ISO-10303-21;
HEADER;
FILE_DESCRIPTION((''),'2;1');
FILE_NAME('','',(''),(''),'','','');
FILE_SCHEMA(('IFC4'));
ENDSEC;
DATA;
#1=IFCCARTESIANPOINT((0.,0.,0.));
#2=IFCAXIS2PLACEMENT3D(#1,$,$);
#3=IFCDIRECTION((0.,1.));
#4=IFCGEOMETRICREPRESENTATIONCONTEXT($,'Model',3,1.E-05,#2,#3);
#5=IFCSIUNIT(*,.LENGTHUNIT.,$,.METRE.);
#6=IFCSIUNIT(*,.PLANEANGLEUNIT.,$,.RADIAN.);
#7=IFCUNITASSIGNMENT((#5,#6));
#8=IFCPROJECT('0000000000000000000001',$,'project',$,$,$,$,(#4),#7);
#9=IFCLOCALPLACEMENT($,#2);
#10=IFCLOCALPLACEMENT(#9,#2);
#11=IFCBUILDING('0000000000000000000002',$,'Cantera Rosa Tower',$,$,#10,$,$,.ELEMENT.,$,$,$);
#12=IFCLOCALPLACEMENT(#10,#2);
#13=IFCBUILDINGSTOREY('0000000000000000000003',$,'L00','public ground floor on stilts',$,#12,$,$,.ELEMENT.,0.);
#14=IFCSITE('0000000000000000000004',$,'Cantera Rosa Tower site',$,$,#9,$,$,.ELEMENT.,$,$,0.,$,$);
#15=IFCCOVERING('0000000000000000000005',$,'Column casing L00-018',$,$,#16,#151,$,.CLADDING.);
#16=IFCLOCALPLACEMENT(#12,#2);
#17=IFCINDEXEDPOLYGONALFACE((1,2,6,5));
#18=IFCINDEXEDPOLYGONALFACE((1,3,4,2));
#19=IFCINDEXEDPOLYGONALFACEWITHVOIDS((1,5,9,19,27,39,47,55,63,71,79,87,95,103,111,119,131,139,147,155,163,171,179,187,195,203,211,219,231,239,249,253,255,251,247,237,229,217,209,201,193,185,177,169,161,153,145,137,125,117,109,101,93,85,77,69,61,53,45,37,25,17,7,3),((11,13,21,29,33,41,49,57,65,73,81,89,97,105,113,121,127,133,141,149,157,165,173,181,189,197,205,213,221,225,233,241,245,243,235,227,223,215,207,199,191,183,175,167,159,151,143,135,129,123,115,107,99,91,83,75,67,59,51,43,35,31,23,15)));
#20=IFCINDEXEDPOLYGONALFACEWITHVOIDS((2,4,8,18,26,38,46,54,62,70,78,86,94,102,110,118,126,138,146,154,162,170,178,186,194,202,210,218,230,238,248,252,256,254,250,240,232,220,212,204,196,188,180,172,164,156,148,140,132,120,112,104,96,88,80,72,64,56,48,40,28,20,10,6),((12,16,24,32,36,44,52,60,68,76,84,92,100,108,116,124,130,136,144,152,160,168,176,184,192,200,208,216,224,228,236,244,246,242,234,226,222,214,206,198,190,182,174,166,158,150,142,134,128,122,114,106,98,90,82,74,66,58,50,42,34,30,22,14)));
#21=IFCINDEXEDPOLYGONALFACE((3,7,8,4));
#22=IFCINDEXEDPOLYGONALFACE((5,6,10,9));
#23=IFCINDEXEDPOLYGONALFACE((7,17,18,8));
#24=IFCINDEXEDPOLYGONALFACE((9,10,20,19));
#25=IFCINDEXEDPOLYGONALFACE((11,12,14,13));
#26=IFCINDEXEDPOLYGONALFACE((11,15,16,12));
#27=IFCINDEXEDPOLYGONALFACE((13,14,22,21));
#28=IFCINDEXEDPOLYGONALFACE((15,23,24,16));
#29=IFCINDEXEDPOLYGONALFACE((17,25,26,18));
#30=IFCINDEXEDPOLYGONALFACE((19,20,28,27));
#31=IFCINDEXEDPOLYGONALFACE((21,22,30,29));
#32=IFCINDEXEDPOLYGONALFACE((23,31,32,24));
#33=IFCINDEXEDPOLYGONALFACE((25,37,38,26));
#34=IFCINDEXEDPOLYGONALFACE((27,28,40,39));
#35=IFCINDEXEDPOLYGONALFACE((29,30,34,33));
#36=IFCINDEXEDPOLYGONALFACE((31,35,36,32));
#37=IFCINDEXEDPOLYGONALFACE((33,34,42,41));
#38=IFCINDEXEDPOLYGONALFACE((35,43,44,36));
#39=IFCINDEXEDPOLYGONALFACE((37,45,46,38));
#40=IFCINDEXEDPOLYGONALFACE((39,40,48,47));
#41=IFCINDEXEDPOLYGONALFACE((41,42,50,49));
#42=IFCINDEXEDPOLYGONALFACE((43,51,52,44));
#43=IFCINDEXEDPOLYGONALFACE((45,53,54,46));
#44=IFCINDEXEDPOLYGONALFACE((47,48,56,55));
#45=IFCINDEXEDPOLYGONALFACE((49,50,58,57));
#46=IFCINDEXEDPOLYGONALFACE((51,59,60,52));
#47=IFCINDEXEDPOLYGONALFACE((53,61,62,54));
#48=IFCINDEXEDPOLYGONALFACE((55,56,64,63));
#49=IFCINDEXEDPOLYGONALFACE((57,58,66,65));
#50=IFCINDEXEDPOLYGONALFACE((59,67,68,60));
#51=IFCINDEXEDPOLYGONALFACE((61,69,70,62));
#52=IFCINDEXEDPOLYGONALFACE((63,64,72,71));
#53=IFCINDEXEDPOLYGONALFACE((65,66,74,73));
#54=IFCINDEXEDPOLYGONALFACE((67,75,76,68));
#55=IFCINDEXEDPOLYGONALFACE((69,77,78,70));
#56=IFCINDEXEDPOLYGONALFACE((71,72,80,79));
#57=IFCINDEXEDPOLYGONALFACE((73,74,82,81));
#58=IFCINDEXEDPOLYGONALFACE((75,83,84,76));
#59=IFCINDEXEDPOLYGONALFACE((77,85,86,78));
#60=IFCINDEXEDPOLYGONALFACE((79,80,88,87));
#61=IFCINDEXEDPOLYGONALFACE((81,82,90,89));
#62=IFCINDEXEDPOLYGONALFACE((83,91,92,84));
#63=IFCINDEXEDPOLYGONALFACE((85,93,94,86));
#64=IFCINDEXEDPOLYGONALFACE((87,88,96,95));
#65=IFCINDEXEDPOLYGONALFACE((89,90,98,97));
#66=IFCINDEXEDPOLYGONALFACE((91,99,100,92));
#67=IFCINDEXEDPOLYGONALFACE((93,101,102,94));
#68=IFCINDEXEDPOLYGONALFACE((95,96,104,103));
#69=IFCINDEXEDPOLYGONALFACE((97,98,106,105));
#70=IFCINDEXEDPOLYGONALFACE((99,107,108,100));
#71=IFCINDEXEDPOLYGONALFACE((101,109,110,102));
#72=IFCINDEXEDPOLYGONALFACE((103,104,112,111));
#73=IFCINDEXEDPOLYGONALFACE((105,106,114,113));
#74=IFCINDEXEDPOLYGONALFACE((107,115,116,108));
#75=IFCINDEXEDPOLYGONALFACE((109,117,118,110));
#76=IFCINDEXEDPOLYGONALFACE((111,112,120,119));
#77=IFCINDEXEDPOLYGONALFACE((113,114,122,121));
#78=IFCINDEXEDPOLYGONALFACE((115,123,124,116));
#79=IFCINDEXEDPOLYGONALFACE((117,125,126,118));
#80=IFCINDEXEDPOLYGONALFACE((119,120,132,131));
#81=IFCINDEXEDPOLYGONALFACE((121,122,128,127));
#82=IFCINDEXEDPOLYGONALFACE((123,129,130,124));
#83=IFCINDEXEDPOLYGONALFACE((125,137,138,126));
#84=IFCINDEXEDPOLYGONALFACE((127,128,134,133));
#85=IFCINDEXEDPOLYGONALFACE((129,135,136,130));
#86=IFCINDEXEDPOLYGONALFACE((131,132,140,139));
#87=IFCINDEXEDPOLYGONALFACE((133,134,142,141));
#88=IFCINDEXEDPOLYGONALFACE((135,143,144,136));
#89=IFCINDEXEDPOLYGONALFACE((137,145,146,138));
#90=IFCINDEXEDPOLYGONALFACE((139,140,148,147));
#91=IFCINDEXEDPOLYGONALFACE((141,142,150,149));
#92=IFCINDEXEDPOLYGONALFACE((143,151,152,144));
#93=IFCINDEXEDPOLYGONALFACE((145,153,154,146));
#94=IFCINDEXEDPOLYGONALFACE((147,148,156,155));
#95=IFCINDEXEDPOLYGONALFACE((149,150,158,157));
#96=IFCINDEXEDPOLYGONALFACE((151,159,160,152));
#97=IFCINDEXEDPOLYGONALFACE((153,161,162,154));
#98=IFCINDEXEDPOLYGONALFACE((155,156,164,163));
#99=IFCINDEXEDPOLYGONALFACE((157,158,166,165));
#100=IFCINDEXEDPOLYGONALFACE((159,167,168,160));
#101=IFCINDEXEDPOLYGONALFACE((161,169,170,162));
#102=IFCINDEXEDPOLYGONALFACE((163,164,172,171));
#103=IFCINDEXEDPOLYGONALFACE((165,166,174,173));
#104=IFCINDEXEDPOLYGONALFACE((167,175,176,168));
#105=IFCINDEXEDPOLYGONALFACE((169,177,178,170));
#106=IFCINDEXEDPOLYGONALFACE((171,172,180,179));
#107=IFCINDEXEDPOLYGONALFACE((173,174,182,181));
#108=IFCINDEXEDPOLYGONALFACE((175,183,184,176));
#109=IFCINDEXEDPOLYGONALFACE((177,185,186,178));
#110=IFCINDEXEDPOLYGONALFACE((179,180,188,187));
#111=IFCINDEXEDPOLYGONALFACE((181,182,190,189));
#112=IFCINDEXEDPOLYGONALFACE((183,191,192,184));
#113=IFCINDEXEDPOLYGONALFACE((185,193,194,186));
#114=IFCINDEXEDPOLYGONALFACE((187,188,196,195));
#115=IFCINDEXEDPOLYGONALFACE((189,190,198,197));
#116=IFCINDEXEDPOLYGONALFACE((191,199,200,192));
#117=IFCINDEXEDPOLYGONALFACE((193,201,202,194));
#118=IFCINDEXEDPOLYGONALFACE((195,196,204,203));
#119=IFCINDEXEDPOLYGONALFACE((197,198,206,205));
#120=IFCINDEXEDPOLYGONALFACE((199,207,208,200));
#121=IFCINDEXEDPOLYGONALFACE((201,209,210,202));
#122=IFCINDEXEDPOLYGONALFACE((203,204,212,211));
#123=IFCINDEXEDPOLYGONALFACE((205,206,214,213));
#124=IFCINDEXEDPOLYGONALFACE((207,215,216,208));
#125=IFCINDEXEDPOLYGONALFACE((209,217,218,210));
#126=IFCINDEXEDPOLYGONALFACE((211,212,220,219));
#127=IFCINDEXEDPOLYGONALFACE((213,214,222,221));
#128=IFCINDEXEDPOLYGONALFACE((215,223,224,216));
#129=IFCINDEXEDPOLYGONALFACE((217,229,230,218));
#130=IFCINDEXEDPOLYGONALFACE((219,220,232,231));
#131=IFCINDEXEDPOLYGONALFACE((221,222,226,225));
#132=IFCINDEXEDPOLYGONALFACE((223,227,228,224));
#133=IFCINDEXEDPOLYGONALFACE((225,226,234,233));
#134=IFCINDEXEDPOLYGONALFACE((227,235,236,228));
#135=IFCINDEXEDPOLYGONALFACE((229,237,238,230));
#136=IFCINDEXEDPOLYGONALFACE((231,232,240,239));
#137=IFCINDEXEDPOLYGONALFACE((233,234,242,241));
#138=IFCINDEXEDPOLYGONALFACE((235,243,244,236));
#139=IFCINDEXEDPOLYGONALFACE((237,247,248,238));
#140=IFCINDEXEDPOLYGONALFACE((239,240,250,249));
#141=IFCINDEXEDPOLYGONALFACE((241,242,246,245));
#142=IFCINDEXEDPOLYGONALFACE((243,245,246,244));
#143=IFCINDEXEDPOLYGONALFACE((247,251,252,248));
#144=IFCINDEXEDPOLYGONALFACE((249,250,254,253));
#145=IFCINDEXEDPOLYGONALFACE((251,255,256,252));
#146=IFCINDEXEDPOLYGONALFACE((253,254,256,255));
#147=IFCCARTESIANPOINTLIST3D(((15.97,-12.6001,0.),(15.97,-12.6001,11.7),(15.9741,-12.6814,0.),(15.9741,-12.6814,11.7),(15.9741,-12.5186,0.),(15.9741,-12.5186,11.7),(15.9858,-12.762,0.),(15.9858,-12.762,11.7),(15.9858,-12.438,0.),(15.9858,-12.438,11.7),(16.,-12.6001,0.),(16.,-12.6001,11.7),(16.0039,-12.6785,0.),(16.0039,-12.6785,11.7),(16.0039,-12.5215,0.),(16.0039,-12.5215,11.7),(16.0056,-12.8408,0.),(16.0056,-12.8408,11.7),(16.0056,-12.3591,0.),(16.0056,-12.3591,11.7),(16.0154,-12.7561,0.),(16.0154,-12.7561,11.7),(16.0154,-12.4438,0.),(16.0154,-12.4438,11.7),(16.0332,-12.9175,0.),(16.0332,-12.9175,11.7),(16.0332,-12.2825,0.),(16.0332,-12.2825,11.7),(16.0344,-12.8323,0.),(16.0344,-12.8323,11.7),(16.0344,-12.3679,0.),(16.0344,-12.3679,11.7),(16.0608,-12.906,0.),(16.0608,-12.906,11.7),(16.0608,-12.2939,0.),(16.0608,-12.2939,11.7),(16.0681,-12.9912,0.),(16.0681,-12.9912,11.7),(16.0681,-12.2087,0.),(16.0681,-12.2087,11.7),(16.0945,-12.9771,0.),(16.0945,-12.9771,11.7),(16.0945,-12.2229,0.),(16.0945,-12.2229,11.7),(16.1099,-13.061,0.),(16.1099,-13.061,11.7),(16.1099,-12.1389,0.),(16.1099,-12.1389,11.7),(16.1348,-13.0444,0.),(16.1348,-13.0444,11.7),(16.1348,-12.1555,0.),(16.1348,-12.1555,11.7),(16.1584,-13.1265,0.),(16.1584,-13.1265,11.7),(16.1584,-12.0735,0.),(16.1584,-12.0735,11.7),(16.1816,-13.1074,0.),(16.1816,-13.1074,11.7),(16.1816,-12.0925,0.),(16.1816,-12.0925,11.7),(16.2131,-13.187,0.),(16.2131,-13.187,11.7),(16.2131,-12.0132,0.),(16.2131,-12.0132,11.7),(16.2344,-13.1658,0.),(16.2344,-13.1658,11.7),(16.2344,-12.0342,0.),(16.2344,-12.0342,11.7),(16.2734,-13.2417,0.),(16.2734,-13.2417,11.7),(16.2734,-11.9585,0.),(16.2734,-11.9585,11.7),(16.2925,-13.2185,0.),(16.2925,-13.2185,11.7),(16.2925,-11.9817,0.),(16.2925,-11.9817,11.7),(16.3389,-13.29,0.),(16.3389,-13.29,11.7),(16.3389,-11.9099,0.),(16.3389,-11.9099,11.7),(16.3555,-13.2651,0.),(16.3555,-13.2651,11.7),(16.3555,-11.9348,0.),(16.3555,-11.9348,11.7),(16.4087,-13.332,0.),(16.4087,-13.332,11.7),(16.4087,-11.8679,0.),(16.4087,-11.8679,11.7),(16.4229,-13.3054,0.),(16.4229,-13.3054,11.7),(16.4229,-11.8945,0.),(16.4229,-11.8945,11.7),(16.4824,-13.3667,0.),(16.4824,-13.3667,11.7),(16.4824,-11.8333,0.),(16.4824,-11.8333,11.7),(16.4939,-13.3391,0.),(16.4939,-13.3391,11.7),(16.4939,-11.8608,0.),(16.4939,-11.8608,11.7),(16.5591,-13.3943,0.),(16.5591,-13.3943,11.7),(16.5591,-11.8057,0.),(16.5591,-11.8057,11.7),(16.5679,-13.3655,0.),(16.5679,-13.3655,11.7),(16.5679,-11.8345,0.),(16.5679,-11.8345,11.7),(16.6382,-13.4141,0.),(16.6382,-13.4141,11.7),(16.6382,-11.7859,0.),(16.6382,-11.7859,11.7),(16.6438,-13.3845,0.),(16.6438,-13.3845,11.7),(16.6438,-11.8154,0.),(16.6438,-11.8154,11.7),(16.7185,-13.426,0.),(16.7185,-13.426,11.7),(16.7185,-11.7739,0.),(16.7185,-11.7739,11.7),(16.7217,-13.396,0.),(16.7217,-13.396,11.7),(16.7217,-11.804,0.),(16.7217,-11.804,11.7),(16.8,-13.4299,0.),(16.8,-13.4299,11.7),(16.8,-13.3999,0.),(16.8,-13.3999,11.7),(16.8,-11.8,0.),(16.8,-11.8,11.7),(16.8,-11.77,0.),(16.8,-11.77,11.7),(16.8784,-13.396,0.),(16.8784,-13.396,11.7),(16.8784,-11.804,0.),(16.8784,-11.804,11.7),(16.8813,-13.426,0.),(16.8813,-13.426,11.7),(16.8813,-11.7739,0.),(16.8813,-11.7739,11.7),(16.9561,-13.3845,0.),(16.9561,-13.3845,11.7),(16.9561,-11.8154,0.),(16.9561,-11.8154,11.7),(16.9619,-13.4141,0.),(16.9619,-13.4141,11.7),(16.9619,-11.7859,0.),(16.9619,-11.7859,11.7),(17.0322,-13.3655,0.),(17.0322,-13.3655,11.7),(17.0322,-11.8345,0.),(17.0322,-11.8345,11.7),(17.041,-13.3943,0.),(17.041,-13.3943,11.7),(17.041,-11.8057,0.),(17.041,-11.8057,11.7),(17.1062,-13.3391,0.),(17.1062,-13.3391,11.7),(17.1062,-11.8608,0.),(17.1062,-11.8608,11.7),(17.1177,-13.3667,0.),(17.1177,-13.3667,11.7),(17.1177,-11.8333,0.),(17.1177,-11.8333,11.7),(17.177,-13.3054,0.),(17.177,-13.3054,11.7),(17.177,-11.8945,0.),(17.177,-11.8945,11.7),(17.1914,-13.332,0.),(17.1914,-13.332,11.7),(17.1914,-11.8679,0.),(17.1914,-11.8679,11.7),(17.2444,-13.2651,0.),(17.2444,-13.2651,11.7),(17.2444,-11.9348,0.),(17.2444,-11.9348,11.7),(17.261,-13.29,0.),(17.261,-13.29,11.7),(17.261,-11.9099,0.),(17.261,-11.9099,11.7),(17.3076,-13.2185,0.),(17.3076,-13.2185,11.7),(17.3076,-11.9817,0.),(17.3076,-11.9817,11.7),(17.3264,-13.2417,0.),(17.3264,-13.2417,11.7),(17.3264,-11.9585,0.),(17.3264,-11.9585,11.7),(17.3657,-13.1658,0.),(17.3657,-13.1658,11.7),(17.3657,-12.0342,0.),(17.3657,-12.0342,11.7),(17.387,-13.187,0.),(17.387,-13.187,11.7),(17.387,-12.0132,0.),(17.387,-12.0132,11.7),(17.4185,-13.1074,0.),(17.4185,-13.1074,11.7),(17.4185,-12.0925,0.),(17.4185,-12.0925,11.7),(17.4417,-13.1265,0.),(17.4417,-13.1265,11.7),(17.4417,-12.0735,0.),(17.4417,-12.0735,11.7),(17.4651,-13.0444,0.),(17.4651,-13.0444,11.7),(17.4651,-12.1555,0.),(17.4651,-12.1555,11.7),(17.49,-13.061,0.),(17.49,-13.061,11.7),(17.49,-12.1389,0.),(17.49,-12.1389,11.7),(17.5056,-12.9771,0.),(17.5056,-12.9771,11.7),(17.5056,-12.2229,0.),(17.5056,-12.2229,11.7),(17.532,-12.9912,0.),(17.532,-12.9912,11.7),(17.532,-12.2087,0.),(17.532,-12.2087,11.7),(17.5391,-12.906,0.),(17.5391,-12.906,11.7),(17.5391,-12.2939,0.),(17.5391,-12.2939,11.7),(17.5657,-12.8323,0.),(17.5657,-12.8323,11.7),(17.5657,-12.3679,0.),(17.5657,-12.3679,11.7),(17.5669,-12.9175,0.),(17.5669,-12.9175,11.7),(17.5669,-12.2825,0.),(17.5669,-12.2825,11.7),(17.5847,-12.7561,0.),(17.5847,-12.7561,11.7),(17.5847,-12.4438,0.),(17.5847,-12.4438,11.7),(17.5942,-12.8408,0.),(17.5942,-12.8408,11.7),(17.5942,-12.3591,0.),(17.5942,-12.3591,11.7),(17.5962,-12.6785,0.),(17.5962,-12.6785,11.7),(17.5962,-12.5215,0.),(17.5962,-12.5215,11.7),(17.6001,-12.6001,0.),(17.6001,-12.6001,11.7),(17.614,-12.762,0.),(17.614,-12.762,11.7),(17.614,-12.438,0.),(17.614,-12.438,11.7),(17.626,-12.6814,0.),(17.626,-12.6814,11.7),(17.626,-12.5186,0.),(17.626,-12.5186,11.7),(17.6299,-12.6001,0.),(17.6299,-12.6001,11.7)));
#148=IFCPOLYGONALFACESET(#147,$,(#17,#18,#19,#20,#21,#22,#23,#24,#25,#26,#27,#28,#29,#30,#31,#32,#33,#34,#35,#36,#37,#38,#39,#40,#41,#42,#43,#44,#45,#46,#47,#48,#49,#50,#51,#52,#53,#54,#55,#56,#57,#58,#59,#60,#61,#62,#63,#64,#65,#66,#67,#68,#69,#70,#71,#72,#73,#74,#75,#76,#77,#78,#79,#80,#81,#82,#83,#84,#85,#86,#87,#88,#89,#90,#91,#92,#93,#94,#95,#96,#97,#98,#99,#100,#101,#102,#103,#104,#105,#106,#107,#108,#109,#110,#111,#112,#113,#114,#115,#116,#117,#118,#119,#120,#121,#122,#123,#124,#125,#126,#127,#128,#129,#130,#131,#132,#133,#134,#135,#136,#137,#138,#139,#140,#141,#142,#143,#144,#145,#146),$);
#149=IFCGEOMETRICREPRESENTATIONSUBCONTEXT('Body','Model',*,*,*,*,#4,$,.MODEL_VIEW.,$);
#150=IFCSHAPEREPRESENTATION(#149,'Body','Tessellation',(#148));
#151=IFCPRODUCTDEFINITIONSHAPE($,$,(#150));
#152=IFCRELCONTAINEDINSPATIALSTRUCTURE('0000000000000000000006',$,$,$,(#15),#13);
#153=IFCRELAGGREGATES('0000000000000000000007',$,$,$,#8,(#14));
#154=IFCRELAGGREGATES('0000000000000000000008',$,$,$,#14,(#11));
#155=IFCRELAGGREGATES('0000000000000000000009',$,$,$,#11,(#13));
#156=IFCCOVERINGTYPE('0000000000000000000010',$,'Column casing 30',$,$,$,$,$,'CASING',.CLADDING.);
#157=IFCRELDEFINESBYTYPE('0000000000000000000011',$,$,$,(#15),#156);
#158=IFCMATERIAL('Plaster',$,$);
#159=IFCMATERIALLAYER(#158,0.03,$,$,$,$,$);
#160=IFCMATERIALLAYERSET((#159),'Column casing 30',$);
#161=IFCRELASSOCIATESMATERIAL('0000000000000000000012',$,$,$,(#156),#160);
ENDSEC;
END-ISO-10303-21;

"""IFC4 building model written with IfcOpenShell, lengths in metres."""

from ifc_helpers import new_model, si_unit, direction, origin, place, context, subcontext, project, spatial, polyline, outline, extrude, material, layer, layer_set, type_object, element, save


model = new_model("IFC4")

# Units and contexts
model_context = context("Model", 3, precision=1e-05, world=origin(), true_north=direction((0.0, 1.0)))
body_context = subcontext(model_context, "Body", "Model", "MODEL_VIEW")
ifc_project = project(units=[si_unit("LENGTHUNIT", "METRE"), si_unit("PLANEANGLEUNIT", "RADIAN")], contexts=[model_context])

# Site, building, storey
site_placement = place(None, origin())
site = spatial("IfcSite", under=ifc_project, at=site_placement, Name="Cantera Rosa Tower site", CompositionType="ELEMENT", RefElevation=0.0)
building_placement = place(site_placement, origin())
building = spatial("IfcBuilding", under=site, at=building_placement, Name="Cantera Rosa Tower", CompositionType="ELEMENT")
storey_placement = place(building_placement, origin())
storey = spatial("IfcBuildingStorey", under=building, at=storey_placement, Name="L00", Description="public ground floor on stilts", CompositionType="ELEMENT", Elevation=0.0)

# Covering
ifc_material_1 = material(Name="Plaster")
ifc_layer_1 = layer(ifc_material_1, 0.03)
ifc_layer_set_1 = layer_set([ifc_layer_1], Name="Column casing 30")
covering_type = type_object("IfcCoveringType", Name="Column casing 30", ElementType="CASING", PredefinedType="CLADDING", material=ifc_layer_set_1)
covering_1_placement = place(storey_placement, origin())
element("IfcCovering", 1, at=covering_1_placement, inside=storey, type_object=covering_type, Name="Column casing L00-018", PredefinedType="CLADDING", context=body_context, shape_type="SweptSolid", body=[
    extrude(outline(polyline([(17.626, -12.6814), (17.6299, -12.6001), (17.626, -12.5186), (17.614, -12.438), (17.5942, -12.3591), (17.5669, -12.2825), (17.532, -12.2087), (17.49, -12.1389), (17.4417, -12.0735), (17.387, -12.0132), (17.3264, -11.9585), (17.261, -11.9099), (17.1914, -11.8679), (17.1177, -11.8333), (17.041, -11.8057), (16.9619, -11.7859), (16.8813, -11.7739), (16.8, -11.77), (16.7185, -11.7739), (16.6382, -11.7859), (16.5591, -11.8057), (16.4824, -11.8333), (16.4087, -11.8679), (16.3389, -11.9099), (16.2734, -11.9585), (16.2131, -12.0132), (16.1584, -12.0735), (16.1099, -12.1389), (16.0681, -12.2087), (16.0332, -12.2825), (16.0056, -12.3591), (15.9858, -12.438), (15.9741, -12.5186), (15.97, -12.6001), (15.9741, -12.6814), (15.9858, -12.762), (16.0056, -12.8408), (16.0332, -12.9175), (16.0681, -12.9912), (16.1099, -13.061), (16.1584, -13.1265), (16.2131, -13.187), (16.2734, -13.2417), (16.3389, -13.29), (16.4087, -13.332), (16.4824, -13.3667), (16.5591, -13.3943), (16.6382, -13.4141), (16.7185, -13.426), (16.8, -13.4299), (16.8813, -13.426), (16.9619, -13.4141), (17.041, -13.3943), (17.1177, -13.3667), (17.1914, -13.332), (17.261, -13.29), (17.3264, -13.2417), (17.387, -13.187), (17.4417, -13.1265), (17.49, -13.061), (17.532, -12.9912), (17.5669, -12.9175), (17.5942, -12.8408), (17.614, -12.762), (17.626, -12.6814)]), holes=[polyline([(17.5962, -12.5215), (17.5847, -12.4438), (17.5657, -12.3679), (17.5391, -12.2939), (17.5056, -12.2229), (17.4651, -12.1555), (17.4185, -12.0925), (17.3657, -12.0342), (17.3076, -11.9817), (17.2444, -11.9348), (17.177, -11.8945), (17.1062, -11.8608), (17.0322, -11.8345), (16.9561, -11.8154), (16.8784, -11.804), (16.8, -11.8), (16.7217, -11.804), (16.6438, -11.8154), (16.5679, -11.8345), (16.4939, -11.8608), (16.4229, -11.8945), (16.3555, -11.9348), (16.2925, -11.9817), (16.2344, -12.0342), (16.1816, -12.0925), (16.1348, -12.1555), (16.0945, -12.2229), (16.0608, -12.2939), (16.0344, -12.3679), (16.0154, -12.4438), (16.0039, -12.5215), (16.0, -12.6001), (16.0039, -12.6785), (16.0154, -12.7561), (16.0344, -12.8323), (16.0608, -12.906), (16.0945, -12.9771), (16.1348, -13.0444), (16.1816, -13.1074), (16.2344, -13.1658), (16.2925, -13.2185), (16.3555, -13.2651), (16.4229, -13.3054), (16.4939, -13.3391), (16.5679, -13.3655), (16.6438, -13.3845), (16.7217, -13.396), (16.8, -13.3999), (16.8784, -13.396), (16.9561, -13.3845), (17.0322, -13.3655), (17.1062, -13.3391), (17.177, -13.3054), (17.2444, -13.2651), (17.3076, -13.2185), (17.3657, -13.1658), (17.4185, -13.1074), (17.4651, -13.0444), (17.5056, -12.9771), (17.5391, -12.906), (17.5657, -12.8323), (17.5847, -12.7561), (17.5962, -12.6785), (17.6001, -12.6001), (17.5962, -12.5215)])]), origin(), (0.0, 0.0, 1.0), 11.7),
])

save(model, "model.ifc")
